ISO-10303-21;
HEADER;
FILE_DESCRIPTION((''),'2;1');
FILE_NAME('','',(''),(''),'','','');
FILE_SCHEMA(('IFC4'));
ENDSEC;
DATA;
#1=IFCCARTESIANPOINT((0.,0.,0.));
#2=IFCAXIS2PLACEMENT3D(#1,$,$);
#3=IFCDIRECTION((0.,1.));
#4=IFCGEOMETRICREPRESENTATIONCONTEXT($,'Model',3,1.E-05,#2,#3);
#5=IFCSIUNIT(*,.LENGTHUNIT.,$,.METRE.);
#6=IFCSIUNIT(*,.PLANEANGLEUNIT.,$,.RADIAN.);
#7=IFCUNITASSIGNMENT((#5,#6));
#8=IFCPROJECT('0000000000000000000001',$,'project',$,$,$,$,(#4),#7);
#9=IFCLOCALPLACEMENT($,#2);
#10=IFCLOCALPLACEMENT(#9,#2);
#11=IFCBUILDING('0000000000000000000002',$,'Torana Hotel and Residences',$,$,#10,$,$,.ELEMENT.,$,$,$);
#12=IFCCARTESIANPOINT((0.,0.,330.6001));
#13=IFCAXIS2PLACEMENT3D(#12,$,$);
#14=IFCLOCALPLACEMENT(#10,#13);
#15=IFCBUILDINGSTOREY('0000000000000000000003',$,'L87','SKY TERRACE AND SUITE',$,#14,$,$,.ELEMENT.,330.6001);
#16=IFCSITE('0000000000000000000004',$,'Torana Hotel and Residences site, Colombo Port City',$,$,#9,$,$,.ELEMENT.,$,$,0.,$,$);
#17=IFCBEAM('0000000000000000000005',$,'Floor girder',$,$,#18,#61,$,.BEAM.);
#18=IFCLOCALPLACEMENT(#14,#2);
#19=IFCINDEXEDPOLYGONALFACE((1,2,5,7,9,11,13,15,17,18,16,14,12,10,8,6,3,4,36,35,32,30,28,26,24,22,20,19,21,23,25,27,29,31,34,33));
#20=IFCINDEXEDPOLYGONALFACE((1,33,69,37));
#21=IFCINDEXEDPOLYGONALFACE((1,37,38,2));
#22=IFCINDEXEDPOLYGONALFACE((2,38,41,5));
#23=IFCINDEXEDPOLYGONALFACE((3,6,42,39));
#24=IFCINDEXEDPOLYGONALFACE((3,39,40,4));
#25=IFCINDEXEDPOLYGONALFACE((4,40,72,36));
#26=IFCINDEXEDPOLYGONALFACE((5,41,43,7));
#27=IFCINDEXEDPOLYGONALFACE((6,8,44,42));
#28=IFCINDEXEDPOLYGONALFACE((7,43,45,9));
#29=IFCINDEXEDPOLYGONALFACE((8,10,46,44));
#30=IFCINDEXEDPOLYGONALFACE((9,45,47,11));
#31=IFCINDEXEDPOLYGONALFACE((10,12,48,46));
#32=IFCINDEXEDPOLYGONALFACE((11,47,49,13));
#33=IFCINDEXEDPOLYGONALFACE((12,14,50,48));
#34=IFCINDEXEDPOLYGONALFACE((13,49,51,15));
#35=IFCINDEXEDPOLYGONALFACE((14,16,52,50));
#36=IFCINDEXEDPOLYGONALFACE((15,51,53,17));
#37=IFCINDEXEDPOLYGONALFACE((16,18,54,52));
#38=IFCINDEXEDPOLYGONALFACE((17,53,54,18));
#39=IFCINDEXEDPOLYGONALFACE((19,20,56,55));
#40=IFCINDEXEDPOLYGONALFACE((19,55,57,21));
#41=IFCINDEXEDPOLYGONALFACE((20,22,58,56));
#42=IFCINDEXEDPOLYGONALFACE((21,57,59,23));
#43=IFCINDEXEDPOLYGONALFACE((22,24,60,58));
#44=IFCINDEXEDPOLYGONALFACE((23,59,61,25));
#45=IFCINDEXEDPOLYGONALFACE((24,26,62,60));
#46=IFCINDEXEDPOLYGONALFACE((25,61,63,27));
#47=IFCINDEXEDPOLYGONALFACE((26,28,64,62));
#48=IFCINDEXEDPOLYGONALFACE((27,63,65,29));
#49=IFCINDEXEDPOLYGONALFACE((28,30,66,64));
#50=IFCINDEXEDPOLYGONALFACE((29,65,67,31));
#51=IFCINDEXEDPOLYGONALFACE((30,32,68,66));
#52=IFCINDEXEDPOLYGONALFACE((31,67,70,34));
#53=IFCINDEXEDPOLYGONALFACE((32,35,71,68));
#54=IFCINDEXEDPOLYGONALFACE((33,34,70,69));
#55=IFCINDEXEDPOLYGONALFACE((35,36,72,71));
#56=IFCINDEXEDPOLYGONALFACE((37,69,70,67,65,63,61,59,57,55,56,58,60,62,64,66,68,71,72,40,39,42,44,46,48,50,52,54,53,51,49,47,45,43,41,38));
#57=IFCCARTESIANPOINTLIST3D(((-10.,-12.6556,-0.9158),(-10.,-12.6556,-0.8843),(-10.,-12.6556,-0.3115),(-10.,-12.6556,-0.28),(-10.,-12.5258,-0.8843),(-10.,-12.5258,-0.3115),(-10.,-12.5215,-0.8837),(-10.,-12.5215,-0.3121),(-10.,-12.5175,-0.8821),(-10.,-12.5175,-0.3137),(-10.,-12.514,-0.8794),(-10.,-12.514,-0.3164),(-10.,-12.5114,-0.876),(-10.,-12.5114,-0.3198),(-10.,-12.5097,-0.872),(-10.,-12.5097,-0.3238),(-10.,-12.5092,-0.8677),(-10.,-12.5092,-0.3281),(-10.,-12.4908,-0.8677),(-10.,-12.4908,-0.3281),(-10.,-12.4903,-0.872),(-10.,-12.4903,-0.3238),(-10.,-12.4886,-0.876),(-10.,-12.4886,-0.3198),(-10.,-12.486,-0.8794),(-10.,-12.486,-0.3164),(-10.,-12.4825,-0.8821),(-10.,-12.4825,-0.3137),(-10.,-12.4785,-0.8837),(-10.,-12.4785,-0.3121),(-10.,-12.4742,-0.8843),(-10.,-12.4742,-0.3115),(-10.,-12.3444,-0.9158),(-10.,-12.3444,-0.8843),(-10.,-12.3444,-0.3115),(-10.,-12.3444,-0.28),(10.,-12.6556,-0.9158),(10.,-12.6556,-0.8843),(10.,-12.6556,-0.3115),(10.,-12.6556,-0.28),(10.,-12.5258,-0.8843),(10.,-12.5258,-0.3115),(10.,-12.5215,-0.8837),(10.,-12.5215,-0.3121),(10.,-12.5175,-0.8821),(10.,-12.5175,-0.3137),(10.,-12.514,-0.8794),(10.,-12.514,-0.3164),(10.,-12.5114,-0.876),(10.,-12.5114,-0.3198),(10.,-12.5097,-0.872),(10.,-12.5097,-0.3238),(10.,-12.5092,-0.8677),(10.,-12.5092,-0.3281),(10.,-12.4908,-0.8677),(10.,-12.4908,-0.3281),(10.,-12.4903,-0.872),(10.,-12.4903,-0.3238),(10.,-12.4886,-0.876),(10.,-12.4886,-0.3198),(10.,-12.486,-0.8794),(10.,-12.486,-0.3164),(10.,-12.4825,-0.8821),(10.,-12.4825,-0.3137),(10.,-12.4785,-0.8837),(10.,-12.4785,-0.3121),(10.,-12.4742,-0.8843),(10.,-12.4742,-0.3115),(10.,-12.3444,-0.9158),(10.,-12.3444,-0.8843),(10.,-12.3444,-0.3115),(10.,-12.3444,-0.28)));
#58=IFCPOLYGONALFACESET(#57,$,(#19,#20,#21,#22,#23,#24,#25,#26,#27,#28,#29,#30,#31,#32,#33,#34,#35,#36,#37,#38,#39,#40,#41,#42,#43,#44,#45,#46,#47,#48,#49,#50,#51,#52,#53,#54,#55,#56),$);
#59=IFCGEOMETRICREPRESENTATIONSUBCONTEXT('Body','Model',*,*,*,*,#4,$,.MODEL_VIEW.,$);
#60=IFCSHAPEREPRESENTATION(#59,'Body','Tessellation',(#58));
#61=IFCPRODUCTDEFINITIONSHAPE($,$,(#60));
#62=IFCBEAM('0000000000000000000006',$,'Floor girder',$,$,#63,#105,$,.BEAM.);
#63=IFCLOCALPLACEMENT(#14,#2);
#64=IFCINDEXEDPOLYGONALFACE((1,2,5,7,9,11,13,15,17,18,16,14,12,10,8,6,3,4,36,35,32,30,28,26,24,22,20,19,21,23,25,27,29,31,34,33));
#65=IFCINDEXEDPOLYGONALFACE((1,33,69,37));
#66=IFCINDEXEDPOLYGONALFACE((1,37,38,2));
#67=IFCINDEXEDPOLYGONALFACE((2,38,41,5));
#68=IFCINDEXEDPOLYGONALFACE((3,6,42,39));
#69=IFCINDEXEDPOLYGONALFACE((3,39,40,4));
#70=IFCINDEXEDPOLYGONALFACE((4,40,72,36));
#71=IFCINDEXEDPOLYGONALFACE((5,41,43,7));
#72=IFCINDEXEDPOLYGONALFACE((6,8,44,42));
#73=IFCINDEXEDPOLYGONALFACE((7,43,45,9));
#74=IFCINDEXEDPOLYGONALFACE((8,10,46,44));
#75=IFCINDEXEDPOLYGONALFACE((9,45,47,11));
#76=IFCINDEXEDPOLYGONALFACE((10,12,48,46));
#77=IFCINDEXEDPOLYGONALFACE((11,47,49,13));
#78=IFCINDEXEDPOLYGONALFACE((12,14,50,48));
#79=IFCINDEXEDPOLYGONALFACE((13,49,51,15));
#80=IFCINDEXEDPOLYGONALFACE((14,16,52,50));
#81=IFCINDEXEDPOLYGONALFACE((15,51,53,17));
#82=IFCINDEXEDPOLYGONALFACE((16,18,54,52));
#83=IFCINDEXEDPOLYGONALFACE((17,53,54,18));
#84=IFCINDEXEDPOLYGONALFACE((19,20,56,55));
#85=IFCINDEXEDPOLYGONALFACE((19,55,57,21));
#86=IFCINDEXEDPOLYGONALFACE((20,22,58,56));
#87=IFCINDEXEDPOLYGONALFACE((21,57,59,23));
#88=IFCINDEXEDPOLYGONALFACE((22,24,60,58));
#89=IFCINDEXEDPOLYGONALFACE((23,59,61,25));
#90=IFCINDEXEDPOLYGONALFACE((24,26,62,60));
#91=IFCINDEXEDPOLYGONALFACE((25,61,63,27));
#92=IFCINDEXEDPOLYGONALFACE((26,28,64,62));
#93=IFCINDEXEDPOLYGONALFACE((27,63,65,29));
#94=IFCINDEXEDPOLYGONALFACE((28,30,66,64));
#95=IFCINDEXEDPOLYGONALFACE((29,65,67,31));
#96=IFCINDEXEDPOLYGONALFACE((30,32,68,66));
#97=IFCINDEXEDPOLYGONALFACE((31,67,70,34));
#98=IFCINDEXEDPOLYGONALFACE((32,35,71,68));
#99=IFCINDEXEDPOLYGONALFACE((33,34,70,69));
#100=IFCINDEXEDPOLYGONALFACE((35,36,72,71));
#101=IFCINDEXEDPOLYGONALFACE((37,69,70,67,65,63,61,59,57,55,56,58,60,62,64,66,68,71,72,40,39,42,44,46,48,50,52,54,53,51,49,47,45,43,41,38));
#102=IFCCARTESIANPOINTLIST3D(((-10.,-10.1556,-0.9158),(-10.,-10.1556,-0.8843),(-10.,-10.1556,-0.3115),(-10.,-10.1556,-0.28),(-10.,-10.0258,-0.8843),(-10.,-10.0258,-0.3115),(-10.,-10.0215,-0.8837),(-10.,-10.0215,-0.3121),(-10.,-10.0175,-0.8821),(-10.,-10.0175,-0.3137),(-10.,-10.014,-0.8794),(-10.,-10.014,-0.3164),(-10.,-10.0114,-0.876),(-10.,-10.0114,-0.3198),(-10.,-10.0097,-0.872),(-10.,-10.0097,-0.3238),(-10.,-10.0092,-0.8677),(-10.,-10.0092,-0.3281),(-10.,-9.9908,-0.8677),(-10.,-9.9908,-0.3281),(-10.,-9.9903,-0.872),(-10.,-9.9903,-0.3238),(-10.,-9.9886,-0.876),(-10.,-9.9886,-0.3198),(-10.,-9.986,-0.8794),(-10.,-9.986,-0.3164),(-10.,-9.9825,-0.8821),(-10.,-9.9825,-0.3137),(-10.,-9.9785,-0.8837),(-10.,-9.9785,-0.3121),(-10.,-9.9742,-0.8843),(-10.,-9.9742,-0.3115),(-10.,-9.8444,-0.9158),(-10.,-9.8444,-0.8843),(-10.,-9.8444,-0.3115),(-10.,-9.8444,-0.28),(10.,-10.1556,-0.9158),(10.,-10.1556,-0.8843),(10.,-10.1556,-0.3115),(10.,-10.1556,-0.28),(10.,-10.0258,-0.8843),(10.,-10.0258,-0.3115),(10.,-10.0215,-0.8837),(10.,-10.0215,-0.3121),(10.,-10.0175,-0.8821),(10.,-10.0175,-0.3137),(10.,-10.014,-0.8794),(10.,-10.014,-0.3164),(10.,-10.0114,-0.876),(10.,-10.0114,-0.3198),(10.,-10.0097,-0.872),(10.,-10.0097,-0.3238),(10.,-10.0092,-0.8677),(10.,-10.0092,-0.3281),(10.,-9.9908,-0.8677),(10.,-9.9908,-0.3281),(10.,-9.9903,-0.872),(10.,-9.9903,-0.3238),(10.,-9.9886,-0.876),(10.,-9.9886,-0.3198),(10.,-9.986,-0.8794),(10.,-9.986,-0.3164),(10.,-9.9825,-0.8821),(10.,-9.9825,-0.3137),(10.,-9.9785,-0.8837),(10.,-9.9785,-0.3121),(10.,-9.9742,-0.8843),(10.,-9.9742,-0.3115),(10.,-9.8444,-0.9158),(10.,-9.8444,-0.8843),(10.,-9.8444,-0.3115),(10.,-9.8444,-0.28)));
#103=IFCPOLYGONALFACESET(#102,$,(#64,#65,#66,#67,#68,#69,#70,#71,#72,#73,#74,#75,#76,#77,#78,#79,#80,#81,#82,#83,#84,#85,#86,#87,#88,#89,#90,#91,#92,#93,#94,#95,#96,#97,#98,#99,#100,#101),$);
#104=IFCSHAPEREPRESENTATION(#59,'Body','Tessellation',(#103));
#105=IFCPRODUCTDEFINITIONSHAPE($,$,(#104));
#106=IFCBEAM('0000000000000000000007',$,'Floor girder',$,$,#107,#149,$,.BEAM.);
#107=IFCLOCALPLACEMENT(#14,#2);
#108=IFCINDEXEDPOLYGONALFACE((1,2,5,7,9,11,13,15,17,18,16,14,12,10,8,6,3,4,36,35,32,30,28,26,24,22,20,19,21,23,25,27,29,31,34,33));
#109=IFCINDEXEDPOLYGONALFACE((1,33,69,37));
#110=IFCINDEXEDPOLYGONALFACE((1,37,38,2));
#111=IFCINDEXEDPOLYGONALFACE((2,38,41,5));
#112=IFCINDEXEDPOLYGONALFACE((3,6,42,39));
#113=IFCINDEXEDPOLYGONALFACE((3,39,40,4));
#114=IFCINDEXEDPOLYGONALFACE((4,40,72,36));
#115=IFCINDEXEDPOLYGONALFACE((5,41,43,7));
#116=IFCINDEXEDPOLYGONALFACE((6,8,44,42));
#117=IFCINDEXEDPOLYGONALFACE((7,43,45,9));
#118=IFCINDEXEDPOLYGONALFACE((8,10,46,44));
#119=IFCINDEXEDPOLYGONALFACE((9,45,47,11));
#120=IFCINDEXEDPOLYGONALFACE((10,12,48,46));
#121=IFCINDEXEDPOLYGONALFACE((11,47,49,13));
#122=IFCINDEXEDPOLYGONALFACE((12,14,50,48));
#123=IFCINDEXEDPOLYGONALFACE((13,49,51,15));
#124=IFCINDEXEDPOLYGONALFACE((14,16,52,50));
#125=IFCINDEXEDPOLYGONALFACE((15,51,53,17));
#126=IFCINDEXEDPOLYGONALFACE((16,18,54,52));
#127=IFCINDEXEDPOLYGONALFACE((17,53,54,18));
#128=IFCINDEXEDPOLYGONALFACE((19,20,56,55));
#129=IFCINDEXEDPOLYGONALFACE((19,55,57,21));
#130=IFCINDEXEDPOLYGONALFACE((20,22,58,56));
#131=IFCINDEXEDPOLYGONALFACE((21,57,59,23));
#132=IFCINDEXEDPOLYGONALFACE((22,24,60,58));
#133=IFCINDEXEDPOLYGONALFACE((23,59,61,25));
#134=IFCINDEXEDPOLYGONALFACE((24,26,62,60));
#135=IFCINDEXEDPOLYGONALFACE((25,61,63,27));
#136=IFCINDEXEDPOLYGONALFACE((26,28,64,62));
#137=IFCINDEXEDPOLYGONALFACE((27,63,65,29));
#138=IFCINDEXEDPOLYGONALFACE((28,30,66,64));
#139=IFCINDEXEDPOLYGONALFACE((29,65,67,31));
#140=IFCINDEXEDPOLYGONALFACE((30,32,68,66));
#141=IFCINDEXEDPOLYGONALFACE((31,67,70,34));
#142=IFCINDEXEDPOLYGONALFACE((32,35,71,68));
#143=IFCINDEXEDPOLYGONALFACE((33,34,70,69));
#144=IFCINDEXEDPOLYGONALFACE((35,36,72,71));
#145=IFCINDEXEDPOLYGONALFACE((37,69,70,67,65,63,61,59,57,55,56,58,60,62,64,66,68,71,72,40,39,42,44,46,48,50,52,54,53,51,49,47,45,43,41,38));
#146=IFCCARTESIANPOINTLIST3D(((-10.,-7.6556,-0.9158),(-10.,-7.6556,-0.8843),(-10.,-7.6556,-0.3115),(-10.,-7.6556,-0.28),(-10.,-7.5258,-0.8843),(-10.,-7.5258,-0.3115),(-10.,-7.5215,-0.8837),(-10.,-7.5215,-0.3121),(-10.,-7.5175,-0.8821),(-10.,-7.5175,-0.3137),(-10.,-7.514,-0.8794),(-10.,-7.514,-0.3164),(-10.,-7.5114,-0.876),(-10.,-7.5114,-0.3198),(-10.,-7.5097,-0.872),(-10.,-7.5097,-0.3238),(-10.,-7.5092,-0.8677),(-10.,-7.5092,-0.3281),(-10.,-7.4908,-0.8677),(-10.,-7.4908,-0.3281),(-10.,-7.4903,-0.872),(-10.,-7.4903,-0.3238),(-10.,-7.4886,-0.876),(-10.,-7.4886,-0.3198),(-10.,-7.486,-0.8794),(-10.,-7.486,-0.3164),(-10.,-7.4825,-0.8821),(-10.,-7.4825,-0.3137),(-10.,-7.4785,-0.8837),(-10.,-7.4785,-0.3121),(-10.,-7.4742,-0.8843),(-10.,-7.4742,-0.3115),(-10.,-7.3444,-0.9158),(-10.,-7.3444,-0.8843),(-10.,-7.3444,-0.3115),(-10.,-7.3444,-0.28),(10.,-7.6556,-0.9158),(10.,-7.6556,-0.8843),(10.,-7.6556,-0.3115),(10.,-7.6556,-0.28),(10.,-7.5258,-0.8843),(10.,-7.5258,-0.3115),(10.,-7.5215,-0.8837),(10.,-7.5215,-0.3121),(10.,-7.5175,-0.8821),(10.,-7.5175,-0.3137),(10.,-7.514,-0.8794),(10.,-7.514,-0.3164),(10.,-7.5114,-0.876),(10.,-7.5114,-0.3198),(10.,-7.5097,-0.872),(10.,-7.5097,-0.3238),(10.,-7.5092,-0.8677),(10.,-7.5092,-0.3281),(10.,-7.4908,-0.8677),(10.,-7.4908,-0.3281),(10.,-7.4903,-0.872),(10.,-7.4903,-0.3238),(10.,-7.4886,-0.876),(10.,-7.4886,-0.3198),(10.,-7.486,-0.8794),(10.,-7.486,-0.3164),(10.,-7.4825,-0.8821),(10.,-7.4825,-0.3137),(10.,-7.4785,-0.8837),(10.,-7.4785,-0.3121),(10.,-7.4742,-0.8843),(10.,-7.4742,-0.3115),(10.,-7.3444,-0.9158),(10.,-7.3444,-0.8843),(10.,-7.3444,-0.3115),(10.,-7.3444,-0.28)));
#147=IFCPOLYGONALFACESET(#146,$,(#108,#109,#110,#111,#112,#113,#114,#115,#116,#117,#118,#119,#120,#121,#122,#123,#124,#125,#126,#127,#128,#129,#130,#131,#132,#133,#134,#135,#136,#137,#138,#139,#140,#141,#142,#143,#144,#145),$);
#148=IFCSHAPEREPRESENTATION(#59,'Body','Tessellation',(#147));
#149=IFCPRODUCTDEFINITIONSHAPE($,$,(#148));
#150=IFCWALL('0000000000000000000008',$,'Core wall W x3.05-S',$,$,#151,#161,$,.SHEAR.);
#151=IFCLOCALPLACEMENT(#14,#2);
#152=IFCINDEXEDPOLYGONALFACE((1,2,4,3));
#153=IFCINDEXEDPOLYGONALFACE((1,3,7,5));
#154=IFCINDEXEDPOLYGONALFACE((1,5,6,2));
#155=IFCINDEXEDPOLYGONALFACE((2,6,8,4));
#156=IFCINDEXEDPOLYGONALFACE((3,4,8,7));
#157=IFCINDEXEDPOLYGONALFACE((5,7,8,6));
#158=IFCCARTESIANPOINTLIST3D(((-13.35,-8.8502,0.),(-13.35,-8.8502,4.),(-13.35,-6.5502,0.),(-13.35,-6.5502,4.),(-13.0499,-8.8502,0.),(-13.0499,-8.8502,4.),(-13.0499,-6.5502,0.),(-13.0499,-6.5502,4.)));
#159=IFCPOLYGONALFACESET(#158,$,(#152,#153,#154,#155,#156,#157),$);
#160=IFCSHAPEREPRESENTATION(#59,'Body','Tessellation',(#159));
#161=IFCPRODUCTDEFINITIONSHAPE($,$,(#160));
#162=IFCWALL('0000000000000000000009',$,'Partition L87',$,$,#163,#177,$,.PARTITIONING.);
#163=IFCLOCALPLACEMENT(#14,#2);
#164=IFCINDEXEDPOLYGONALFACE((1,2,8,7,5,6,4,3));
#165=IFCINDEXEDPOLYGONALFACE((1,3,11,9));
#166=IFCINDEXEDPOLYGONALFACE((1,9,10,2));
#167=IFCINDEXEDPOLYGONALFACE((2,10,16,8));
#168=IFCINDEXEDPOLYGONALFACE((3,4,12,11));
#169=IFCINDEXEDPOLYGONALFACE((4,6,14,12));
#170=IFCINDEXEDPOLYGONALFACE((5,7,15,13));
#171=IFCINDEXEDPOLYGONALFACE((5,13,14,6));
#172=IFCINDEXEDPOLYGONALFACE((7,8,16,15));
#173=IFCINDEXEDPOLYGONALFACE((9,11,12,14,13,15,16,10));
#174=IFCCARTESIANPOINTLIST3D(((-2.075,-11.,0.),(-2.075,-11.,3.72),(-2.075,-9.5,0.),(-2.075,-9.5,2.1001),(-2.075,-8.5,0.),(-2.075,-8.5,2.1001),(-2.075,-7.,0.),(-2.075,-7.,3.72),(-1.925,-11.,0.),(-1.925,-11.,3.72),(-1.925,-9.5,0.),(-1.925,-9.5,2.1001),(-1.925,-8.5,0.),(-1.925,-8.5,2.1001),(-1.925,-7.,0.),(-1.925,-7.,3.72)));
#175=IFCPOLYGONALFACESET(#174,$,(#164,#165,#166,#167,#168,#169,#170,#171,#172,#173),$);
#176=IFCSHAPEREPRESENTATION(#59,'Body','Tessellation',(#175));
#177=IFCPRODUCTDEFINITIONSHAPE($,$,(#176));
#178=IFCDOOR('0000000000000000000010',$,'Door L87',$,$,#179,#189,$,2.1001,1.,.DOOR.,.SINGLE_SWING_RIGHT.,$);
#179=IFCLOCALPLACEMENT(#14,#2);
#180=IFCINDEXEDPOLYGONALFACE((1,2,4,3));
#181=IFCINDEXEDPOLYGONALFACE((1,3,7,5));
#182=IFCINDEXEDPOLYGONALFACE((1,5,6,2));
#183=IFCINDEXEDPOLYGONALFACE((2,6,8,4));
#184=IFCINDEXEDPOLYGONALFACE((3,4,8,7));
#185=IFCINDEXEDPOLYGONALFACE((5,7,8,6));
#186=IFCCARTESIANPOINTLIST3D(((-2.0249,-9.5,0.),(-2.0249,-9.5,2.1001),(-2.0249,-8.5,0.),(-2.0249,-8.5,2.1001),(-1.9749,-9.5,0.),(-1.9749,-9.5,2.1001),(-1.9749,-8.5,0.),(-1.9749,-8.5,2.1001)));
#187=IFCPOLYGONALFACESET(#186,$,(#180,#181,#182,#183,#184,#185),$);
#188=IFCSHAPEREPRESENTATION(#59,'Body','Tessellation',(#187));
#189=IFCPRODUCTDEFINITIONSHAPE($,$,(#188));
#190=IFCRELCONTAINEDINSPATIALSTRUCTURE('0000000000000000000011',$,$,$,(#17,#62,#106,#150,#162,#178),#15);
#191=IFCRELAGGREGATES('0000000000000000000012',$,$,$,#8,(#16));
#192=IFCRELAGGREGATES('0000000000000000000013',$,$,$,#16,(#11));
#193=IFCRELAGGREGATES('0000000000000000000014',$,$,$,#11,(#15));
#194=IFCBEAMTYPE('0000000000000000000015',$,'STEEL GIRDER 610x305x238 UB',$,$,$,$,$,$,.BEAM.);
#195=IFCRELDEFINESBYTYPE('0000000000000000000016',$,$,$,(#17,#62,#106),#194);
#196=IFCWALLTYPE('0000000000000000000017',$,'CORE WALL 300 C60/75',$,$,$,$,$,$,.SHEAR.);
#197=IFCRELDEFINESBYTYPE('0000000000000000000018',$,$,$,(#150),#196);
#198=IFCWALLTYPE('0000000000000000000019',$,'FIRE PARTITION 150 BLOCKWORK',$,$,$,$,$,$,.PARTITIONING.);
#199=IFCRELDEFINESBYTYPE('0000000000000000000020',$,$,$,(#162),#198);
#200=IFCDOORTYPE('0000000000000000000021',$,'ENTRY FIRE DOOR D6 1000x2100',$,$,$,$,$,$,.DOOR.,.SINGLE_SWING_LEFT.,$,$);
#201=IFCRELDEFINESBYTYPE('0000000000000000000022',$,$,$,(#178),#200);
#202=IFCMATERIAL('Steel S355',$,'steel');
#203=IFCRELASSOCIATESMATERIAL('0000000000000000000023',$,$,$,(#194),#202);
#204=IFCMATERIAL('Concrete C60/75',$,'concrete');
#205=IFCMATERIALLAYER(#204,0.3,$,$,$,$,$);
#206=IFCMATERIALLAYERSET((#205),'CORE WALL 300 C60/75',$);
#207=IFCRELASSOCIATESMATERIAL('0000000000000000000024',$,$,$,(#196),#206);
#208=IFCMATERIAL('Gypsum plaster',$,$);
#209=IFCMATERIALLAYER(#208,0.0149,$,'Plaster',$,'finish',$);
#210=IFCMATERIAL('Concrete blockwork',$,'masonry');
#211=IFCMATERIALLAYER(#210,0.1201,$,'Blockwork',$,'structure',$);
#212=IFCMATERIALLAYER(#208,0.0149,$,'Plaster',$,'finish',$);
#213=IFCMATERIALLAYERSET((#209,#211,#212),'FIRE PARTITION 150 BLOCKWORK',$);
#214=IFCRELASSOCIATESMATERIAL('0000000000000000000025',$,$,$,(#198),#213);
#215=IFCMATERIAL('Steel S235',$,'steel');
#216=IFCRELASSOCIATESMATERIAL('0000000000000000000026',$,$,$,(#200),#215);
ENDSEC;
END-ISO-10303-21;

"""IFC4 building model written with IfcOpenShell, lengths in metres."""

from ifc_helpers import new_model, si_unit, direction, frame, frame_2d, origin, origin_2d, place, context, subcontext, project, spatial, rectangle, i_section, extrude, material, layer, layer_set, material_profile, profile_set, type_object, element, fill, save


model = new_model("IFC4")

# Units and contexts
model_context = context("Model", 3, precision=1e-05, world=origin(), true_north=direction((0.0, 1.0)))
body_context = subcontext(model_context, "Body", "Model", "MODEL_VIEW")
ifc_project = project(units=[si_unit("LENGTHUNIT", "METRE"), si_unit("PLANEANGLEUNIT", "RADIAN")], contexts=[model_context])

# Site, building, storey
site_placement = place(None, origin())
site = spatial("IfcSite", under=ifc_project, at=site_placement, Name="Torana Hotel and Residences site, Colombo Port City", CompositionType="ELEMENT", RefElevation=0.0)
building_placement = place(site_placement, origin())
building = spatial("IfcBuilding", under=site, at=building_placement, Name="Torana Hotel and Residences", CompositionType="ELEMENT")
storey_placement = place(building_placement, frame((0.0, 0.0, 330.6001)))
storey = spatial("IfcBuildingStorey", under=building, at=storey_placement, Name="L87", Description="SKY TERRACE AND SUITE", CompositionType="ELEMENT", Elevation=330.6001)

# Beams
ifc_material_1 = material(Name="Steel S355", Category="steel")
ifc_material_profile = material_profile(ifc_material_1, i_section(OverallWidth=0.3113, OverallDepth=0.6357, WebThickness=0.0183, FlangeThickness=0.0315, FilletRadius=0.0166, at=origin_2d()), Name="610x305x238 UB")
ifc_profile_set = profile_set([ifc_material_profile], Name="Steel S355")
beam_type = type_object("IfcBeamType", Name="STEEL GIRDER 610x305x238 UB", PredefinedType="BEAM", material=ifc_profile_set)
for number, where, z_axis, x_axis, name in (
    (1, (-10.0, -12.5, -0.5979), (1.0, 0.0, 0.0), (0.0, 1.0, 0.0), "Floor girder"),
    (2, (-10.0, -10.0, -0.5979), (1.0, 0.0, 0.0), (0.0, 1.0, 0.0), "Floor girder"),
    (3, (-10.0, -7.5, -0.5979), (1.0, 0.0, 0.0), (0.0, 1.0, 0.0), "Floor girder"),
):
    element("IfcBeam", number, at=place(storey_placement, frame(where, z_axis=z_axis, x_axis=x_axis)), inside=storey, type_object=beam_type, Name=name, PredefinedType="BEAM", context=body_context, shape_type="SweptSolid", body=[
        extrude(i_section(OverallWidth=0.3113, OverallDepth=0.6357, WebThickness=0.0183, FlangeThickness=0.0315, FilletRadius=0.0166, at=origin_2d()), origin(), (0.0, 0.0, 1.0), 20.0),
    ])

# Wall
ifc_material_2 = material(Name="Concrete C60/75", Category="concrete")
ifc_layer_1 = layer(ifc_material_2, 0.3)
ifc_layer_set_1 = layer_set([ifc_layer_1], Name="CORE WALL 300 C60/75")
wall_type_1 = type_object("IfcWallType", Name="CORE WALL 300 C60/75", PredefinedType="SHEAR", material=ifc_layer_set_1)
wall_1_placement = place(storey_placement, frame((-13.2, -8.8501, 0.0), z_axis=(0.0, 0.0, 1.0), x_axis=(0.0, 1.0, 0.0)))
element("IfcWall", 4, at=wall_1_placement, inside=storey, type_object=wall_type_1, Name="Core wall W x3.05-S", PredefinedType="SHEAR", context=body_context, shape_type="SweptSolid", body=[
    extrude(rectangle(XDim=2.3, YDim=0.3, at=frame_2d((1.1499, 0.0))), origin(), (0.0, 0.0, 1.0), 4.0),
])

# Wall, opening, door
ifc_material_3 = material(Name="Gypsum plaster")
ifc_layer_2 = layer(ifc_material_3, 0.0149, Name="Plaster", Category="finish")
ifc_material_4 = material(Name="Concrete blockwork", Category="masonry")
ifc_layer_3 = layer(ifc_material_4, 0.1201, Name="Blockwork", Category="structure")
ifc_layer_4 = layer(ifc_material_3, 0.0149, Name="Plaster", Category="finish")
ifc_layer_set_2 = layer_set([ifc_layer_2, ifc_layer_3, ifc_layer_4], Name="FIRE PARTITION 150 BLOCKWORK")
wall_type_2 = type_object("IfcWallType", Name="FIRE PARTITION 150 BLOCKWORK", PredefinedType="PARTITIONING", material=ifc_layer_set_2)
wall_2_placement = place(storey_placement, frame((-2.0, -11.0, 0.0), z_axis=(0.0, 0.0, 1.0), x_axis=(0.0, 1.0, 0.0)))
wall_2 = element("IfcWall", 5, at=wall_2_placement, inside=storey, type_object=wall_type_2, Name="Partition L87", PredefinedType="PARTITIONING", context=body_context, shape_type="SweptSolid", body=[
    extrude(rectangle(XDim=4.0, YDim=0.1499, at=frame_2d((2.0, 0.0))), origin(), (0.0, 0.0, 1.0), 3.72),
])
opening_1_placement = place(wall_2_placement, frame((1.5, 0.0, 0.0)))
opening_1 = element("IfcOpeningElement", 6, at=opening_1_placement, cuts=wall_2, PredefinedType="OPENING", context=body_context, shape_type="SweptSolid", body=[
    extrude(rectangle(XDim=1.0, YDim=2.1001, at=frame_2d((0.5, 1.05))), frame((0.0, 0.085, 0.0), z_axis=(0.0, -1.0, 0.0), x_axis=(1.0, 0.0, 0.0)), (0.0, 0.0, 1.0), 0.1699),
])
ifc_material_5 = material(Name="Steel S235", Category="steel")
door_type_1 = type_object("IfcDoorType", Name="ENTRY FIRE DOOR D6 1000x2100", OperationType="SINGLE_SWING_LEFT", PredefinedType="DOOR", material=ifc_material_5)
door_1_placement = place(opening_1_placement, origin())
door_1 = element("IfcDoor", 7, at=door_1_placement, inside=storey, type_object=door_type_1, Name="Door L87", OperationType="SINGLE_SWING_RIGHT", OverallHeight=2.1001, OverallWidth=1.0, PredefinedType="DOOR", context=body_context, shape_type="SweptSolid", body=[
    extrude(rectangle(XDim=1.0, YDim=2.1001, at=frame_2d((0.5, 1.05))), frame((0.0, 0.0249, 0.0), z_axis=(0.0, -1.0, 0.0), x_axis=(1.0, 0.0, 0.0)), (0.0, 0.0, 1.0), 0.05),
])
fill(opening_1, door_1)

save(model, "model.ifc")
